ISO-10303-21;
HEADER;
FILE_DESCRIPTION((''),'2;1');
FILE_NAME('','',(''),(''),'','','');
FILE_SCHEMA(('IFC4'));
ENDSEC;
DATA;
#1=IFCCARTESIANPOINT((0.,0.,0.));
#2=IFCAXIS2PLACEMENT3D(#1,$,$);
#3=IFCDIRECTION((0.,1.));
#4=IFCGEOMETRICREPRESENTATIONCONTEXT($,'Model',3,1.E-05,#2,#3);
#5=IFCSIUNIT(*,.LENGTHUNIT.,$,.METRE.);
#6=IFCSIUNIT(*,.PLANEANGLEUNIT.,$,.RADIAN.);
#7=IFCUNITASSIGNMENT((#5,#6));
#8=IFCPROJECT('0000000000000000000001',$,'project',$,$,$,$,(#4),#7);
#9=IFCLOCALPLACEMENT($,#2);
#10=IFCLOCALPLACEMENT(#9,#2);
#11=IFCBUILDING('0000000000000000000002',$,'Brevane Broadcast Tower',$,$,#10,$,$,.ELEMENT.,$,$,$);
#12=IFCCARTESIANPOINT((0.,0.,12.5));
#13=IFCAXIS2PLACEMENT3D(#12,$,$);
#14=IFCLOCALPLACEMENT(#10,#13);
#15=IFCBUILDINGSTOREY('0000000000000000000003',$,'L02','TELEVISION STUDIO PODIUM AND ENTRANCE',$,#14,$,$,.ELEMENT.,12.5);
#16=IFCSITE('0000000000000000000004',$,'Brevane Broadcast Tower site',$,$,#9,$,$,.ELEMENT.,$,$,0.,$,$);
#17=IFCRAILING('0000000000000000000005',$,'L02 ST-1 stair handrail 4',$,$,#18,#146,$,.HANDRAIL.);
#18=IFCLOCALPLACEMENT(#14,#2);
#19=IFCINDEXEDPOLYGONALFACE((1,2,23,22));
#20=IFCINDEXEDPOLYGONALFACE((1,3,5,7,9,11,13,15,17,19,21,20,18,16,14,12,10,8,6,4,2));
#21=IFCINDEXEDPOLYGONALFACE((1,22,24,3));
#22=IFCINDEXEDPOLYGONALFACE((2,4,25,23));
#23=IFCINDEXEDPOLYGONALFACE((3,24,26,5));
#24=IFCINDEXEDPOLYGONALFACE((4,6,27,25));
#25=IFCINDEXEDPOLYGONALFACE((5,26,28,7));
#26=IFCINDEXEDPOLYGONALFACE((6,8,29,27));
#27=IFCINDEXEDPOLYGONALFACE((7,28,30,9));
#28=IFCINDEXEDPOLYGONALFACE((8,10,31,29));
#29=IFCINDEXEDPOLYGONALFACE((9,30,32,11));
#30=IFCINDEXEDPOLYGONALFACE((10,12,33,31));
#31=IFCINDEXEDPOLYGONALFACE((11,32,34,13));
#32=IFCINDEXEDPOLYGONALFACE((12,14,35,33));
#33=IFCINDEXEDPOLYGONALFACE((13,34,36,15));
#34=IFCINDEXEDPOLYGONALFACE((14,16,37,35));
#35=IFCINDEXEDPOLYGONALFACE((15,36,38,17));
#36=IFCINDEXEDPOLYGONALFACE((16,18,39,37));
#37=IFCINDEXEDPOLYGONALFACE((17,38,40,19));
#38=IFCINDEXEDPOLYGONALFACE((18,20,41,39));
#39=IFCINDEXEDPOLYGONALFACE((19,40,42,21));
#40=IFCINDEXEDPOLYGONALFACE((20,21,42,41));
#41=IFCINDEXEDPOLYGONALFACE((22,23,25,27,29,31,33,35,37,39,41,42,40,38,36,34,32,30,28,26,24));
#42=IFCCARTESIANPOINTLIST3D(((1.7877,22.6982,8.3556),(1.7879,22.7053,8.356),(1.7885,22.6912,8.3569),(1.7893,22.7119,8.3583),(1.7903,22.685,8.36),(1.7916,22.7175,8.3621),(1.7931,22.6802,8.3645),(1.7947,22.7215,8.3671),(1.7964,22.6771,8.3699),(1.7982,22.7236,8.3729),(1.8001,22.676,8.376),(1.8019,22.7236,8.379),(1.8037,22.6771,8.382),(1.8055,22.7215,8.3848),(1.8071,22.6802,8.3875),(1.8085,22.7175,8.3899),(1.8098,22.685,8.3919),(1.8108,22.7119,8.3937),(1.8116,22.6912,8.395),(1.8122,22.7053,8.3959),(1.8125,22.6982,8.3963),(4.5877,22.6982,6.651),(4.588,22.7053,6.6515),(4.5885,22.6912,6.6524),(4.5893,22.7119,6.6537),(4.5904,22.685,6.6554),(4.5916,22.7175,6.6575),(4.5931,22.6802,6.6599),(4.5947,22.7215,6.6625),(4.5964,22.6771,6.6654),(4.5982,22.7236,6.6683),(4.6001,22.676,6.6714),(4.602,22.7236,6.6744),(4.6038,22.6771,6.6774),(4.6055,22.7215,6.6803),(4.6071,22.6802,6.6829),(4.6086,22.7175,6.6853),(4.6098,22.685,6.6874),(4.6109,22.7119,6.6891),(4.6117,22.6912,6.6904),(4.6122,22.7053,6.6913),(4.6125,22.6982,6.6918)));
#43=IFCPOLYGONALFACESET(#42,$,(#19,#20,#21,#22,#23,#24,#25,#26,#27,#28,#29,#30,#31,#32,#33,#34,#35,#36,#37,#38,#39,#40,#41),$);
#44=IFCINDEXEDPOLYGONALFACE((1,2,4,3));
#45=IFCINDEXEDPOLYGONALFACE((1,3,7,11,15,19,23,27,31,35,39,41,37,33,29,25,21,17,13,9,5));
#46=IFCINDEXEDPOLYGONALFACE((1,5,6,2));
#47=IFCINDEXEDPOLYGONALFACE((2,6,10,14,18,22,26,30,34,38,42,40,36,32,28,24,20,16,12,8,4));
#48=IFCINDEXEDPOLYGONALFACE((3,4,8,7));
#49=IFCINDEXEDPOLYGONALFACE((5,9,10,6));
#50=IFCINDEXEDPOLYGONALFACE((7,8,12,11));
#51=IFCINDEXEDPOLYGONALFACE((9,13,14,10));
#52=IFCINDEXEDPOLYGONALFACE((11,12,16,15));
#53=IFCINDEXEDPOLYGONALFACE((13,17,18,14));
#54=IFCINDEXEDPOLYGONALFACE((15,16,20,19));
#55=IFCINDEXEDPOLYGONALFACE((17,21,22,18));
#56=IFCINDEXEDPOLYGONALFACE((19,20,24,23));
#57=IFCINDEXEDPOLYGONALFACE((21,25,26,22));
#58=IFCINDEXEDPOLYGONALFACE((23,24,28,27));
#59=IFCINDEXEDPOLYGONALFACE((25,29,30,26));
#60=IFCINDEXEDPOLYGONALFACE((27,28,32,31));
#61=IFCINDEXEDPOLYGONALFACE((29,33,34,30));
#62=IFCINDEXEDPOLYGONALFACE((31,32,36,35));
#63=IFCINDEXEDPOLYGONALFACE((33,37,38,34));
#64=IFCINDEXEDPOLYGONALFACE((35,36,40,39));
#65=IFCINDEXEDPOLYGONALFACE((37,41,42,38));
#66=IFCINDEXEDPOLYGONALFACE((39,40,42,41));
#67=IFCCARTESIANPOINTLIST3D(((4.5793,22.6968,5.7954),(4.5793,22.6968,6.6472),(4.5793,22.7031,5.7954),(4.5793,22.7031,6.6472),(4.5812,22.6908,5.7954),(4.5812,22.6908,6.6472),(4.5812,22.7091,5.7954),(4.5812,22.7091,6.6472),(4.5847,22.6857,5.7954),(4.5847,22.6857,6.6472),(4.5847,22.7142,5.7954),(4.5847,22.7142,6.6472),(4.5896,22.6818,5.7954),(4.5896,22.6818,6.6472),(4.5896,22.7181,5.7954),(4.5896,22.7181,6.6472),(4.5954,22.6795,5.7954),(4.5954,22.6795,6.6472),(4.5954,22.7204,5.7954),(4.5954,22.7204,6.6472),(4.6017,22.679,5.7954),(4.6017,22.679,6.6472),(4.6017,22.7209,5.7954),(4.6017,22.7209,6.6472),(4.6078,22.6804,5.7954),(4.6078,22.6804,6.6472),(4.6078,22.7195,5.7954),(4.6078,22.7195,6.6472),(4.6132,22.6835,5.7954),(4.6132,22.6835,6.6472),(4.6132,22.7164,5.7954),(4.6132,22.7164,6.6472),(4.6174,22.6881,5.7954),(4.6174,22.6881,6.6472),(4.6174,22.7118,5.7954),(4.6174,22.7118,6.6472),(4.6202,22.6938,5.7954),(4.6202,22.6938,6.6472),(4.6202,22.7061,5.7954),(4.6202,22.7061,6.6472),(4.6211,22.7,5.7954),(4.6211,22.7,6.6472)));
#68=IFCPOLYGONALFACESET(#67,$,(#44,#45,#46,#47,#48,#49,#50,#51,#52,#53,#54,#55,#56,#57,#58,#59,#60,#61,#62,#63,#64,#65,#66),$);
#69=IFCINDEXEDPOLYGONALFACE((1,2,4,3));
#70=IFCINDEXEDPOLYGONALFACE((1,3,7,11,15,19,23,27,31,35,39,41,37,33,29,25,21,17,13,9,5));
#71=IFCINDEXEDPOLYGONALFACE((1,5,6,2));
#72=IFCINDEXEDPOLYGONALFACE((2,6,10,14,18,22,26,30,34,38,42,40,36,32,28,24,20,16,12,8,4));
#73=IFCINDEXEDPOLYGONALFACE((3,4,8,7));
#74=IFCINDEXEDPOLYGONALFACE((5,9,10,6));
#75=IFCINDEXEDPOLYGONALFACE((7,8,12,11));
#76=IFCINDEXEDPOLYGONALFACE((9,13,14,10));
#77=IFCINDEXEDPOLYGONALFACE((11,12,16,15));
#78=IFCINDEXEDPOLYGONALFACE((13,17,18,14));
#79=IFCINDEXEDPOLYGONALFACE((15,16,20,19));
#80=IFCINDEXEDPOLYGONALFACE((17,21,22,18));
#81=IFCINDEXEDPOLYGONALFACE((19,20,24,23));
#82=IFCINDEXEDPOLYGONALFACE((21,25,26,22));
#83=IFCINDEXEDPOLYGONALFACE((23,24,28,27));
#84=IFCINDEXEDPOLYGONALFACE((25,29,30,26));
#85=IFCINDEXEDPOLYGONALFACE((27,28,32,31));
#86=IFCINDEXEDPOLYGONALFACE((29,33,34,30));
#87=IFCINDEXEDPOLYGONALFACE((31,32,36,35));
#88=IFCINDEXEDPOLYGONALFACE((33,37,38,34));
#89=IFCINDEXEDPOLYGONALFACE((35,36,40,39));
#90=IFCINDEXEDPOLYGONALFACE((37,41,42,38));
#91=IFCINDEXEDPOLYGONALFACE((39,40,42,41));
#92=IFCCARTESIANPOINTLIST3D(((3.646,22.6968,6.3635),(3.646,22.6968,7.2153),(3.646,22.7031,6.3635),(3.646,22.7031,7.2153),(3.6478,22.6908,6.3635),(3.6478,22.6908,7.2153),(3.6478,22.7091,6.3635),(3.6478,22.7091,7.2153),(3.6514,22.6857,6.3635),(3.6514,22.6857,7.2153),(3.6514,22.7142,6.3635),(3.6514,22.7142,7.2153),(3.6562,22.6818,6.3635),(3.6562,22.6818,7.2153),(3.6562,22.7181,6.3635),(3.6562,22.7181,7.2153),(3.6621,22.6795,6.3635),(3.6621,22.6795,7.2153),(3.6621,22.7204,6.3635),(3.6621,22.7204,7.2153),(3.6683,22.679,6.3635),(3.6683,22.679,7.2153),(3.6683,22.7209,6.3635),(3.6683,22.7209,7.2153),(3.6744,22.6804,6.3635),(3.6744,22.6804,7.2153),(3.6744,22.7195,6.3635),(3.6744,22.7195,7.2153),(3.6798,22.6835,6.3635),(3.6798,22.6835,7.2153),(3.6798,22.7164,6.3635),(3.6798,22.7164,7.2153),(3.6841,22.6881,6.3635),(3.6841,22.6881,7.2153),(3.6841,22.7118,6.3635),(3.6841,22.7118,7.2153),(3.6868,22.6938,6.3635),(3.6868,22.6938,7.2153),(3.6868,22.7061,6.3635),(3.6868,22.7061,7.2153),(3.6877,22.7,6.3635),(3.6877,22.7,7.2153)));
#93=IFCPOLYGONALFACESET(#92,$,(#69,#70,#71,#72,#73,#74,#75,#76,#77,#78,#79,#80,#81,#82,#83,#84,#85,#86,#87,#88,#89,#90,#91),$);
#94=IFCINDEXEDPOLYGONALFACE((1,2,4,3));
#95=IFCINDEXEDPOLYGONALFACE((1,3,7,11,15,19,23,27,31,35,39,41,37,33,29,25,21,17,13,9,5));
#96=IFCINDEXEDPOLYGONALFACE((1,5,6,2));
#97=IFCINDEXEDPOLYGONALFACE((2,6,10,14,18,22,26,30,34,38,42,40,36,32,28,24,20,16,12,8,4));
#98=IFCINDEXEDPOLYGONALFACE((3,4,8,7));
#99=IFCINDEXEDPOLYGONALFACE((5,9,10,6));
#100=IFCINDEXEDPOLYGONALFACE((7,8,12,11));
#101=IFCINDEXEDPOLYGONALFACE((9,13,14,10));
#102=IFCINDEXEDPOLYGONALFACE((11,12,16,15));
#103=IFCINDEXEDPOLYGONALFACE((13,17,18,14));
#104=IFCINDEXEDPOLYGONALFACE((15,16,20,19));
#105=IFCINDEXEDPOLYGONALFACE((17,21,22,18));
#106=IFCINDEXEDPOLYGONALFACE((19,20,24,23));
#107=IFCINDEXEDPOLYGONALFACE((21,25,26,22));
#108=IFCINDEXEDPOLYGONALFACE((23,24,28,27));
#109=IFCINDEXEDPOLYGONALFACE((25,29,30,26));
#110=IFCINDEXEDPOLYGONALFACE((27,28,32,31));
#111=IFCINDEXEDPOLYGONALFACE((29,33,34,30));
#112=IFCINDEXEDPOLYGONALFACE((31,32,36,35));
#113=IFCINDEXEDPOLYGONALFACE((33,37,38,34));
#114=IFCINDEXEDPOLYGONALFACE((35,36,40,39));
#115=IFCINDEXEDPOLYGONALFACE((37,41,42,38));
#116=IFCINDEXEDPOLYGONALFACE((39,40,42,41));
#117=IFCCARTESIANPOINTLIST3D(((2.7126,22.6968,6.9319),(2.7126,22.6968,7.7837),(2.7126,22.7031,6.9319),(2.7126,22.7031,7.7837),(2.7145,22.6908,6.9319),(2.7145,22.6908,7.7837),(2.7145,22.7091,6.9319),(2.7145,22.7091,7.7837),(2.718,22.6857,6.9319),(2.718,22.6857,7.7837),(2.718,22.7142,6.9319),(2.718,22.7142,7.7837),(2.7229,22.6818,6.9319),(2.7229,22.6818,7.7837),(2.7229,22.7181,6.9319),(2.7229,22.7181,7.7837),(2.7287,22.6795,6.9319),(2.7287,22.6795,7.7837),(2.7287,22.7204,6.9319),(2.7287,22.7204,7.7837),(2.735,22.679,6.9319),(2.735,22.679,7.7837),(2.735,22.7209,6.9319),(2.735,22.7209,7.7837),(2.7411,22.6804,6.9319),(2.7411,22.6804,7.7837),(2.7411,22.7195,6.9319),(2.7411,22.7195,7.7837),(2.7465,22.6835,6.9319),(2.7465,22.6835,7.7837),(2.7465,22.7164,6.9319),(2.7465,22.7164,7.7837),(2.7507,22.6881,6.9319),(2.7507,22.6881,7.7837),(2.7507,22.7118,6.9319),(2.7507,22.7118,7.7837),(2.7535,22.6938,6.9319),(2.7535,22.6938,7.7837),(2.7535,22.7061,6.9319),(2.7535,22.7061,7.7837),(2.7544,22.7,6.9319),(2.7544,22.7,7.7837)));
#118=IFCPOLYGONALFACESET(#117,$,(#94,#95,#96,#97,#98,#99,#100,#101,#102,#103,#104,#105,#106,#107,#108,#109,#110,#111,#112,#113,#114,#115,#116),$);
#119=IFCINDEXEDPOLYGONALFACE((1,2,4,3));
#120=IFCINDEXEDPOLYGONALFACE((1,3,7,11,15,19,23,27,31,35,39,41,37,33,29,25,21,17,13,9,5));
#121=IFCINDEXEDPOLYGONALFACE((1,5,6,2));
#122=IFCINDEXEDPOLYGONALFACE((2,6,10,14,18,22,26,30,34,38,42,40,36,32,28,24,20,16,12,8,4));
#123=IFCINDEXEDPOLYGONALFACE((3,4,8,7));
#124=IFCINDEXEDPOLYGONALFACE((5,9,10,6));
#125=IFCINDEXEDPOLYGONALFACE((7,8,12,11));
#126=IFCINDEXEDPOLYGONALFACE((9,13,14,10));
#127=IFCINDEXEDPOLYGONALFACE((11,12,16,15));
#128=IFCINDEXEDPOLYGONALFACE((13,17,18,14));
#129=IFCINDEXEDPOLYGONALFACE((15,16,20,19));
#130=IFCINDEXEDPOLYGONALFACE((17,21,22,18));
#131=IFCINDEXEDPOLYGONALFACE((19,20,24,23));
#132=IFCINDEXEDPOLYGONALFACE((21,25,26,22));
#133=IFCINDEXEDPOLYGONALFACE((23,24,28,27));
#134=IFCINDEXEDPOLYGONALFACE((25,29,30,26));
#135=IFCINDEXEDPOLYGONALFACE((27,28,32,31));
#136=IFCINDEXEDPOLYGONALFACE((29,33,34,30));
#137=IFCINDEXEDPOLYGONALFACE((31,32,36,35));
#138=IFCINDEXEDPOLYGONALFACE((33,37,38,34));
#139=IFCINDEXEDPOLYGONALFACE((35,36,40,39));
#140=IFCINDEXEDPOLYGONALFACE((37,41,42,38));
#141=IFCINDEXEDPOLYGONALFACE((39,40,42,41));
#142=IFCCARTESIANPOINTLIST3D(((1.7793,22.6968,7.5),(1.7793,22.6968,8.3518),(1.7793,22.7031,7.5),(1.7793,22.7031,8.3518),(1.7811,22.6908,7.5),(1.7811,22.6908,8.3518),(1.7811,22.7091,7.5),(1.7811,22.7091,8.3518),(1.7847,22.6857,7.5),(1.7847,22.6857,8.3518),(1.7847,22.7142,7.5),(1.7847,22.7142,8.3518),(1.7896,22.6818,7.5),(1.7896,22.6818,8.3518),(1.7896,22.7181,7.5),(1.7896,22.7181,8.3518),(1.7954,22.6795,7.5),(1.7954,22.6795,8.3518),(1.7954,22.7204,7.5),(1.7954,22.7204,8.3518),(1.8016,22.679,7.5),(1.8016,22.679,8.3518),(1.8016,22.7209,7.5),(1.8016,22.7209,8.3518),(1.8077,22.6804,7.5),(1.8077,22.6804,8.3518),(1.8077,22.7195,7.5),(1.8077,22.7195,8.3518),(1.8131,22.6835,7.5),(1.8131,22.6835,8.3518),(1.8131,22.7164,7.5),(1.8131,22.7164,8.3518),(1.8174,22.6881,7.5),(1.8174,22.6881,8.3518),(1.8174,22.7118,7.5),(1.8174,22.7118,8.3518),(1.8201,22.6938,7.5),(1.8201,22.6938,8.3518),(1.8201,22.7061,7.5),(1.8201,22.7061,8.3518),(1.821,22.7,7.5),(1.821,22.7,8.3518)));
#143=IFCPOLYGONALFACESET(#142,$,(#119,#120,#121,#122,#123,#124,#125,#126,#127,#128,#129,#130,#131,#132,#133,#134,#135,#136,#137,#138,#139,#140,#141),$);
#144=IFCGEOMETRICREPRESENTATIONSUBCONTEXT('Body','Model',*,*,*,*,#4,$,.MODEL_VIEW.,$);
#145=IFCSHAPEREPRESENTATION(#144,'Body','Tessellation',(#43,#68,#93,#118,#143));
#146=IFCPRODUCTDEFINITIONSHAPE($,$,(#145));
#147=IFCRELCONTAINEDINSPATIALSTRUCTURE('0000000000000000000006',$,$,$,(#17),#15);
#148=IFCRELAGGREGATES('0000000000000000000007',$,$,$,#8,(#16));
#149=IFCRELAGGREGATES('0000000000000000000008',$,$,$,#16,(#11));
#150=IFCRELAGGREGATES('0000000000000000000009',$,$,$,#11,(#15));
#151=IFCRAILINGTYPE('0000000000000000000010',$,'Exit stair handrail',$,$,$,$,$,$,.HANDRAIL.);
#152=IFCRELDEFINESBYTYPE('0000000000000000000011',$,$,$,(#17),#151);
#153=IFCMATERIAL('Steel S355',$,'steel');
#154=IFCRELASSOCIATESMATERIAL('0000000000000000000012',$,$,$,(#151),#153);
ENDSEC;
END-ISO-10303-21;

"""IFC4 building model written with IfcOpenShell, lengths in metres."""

from ifc_helpers import new_model, si_unit, direction, frame, origin, origin_2d, place, context, subcontext, project, spatial, circle, extrude, material, type_object, element, save


model = new_model("IFC4")

# Units and contexts
model_context = context("Model", 3, precision=1e-05, world=origin(), true_north=direction((0.0, 1.0)))
body_context = subcontext(model_context, "Body", "Model", "MODEL_VIEW")
ifc_project = project(units=[si_unit("LENGTHUNIT", "METRE"), si_unit("PLANEANGLEUNIT", "RADIAN")], contexts=[model_context])

# Site, building, storey
site_placement = place(None, origin())
site = spatial("IfcSite", under=ifc_project, at=site_placement, Name="Brevane Broadcast Tower site", CompositionType="ELEMENT", RefElevation=0.0)
building_placement = place(site_placement, origin())
building = spatial("IfcBuilding", under=site, at=building_placement, Name="Brevane Broadcast Tower", CompositionType="ELEMENT")
storey_placement = place(building_placement, frame((0.0, 0.0, 12.5)))
storey = spatial("IfcBuildingStorey", under=building, at=storey_placement, Name="L02", Description="TELEVISION STUDIO PODIUM AND ENTRANCE", CompositionType="ELEMENT", Elevation=12.5)

# Railing
ifc_material_1 = material(Name="Steel S355", Category="steel")
railing_type_1 = type_object("IfcRailingType", Name="Exit stair handrail", PredefinedType="HANDRAIL", material=ifc_material_1)
for number, where, name in (
    (1, (4.6001, 22.7, 5.7954), "L02 ST-1 stair handrail 4"),
):
    element("IfcRailing", number, at=place(storey_placement, frame(where)), inside=storey, type_object=railing_type_1, Name=name, PredefinedType="HANDRAIL", context=body_context, shape_type="SweptSolid", body=[
        extrude(circle(Radius=0.0239, at=origin_2d()), frame((0.0, 0.0, 0.876), z_axis=(-0.85417, 0.0, 0.519994), x_axis=(0.0, -1.0, 0.0)), (0.0, 0.0, 1.0), 3.2781),
        extrude(circle(Radius=0.021, at=origin_2d()), origin(), (0.0, 0.0, 1.0), 0.8518),
        extrude(circle(Radius=0.021, at=origin_2d()), frame((-0.9333, 0.0, 0.5681)), (0.0, 0.0, 1.0), 0.8518),
        extrude(circle(Radius=0.021, at=origin_2d()), frame((-1.8667, 0.0, 1.1365)), (0.0, 0.0, 1.0), 0.8518),
        extrude(circle(Radius=0.021, at=origin_2d()), frame((-2.8, 0.0, 1.7046)), (0.0, 0.0, 1.0), 0.8518),
    ])

save(model, "model.ifc")
